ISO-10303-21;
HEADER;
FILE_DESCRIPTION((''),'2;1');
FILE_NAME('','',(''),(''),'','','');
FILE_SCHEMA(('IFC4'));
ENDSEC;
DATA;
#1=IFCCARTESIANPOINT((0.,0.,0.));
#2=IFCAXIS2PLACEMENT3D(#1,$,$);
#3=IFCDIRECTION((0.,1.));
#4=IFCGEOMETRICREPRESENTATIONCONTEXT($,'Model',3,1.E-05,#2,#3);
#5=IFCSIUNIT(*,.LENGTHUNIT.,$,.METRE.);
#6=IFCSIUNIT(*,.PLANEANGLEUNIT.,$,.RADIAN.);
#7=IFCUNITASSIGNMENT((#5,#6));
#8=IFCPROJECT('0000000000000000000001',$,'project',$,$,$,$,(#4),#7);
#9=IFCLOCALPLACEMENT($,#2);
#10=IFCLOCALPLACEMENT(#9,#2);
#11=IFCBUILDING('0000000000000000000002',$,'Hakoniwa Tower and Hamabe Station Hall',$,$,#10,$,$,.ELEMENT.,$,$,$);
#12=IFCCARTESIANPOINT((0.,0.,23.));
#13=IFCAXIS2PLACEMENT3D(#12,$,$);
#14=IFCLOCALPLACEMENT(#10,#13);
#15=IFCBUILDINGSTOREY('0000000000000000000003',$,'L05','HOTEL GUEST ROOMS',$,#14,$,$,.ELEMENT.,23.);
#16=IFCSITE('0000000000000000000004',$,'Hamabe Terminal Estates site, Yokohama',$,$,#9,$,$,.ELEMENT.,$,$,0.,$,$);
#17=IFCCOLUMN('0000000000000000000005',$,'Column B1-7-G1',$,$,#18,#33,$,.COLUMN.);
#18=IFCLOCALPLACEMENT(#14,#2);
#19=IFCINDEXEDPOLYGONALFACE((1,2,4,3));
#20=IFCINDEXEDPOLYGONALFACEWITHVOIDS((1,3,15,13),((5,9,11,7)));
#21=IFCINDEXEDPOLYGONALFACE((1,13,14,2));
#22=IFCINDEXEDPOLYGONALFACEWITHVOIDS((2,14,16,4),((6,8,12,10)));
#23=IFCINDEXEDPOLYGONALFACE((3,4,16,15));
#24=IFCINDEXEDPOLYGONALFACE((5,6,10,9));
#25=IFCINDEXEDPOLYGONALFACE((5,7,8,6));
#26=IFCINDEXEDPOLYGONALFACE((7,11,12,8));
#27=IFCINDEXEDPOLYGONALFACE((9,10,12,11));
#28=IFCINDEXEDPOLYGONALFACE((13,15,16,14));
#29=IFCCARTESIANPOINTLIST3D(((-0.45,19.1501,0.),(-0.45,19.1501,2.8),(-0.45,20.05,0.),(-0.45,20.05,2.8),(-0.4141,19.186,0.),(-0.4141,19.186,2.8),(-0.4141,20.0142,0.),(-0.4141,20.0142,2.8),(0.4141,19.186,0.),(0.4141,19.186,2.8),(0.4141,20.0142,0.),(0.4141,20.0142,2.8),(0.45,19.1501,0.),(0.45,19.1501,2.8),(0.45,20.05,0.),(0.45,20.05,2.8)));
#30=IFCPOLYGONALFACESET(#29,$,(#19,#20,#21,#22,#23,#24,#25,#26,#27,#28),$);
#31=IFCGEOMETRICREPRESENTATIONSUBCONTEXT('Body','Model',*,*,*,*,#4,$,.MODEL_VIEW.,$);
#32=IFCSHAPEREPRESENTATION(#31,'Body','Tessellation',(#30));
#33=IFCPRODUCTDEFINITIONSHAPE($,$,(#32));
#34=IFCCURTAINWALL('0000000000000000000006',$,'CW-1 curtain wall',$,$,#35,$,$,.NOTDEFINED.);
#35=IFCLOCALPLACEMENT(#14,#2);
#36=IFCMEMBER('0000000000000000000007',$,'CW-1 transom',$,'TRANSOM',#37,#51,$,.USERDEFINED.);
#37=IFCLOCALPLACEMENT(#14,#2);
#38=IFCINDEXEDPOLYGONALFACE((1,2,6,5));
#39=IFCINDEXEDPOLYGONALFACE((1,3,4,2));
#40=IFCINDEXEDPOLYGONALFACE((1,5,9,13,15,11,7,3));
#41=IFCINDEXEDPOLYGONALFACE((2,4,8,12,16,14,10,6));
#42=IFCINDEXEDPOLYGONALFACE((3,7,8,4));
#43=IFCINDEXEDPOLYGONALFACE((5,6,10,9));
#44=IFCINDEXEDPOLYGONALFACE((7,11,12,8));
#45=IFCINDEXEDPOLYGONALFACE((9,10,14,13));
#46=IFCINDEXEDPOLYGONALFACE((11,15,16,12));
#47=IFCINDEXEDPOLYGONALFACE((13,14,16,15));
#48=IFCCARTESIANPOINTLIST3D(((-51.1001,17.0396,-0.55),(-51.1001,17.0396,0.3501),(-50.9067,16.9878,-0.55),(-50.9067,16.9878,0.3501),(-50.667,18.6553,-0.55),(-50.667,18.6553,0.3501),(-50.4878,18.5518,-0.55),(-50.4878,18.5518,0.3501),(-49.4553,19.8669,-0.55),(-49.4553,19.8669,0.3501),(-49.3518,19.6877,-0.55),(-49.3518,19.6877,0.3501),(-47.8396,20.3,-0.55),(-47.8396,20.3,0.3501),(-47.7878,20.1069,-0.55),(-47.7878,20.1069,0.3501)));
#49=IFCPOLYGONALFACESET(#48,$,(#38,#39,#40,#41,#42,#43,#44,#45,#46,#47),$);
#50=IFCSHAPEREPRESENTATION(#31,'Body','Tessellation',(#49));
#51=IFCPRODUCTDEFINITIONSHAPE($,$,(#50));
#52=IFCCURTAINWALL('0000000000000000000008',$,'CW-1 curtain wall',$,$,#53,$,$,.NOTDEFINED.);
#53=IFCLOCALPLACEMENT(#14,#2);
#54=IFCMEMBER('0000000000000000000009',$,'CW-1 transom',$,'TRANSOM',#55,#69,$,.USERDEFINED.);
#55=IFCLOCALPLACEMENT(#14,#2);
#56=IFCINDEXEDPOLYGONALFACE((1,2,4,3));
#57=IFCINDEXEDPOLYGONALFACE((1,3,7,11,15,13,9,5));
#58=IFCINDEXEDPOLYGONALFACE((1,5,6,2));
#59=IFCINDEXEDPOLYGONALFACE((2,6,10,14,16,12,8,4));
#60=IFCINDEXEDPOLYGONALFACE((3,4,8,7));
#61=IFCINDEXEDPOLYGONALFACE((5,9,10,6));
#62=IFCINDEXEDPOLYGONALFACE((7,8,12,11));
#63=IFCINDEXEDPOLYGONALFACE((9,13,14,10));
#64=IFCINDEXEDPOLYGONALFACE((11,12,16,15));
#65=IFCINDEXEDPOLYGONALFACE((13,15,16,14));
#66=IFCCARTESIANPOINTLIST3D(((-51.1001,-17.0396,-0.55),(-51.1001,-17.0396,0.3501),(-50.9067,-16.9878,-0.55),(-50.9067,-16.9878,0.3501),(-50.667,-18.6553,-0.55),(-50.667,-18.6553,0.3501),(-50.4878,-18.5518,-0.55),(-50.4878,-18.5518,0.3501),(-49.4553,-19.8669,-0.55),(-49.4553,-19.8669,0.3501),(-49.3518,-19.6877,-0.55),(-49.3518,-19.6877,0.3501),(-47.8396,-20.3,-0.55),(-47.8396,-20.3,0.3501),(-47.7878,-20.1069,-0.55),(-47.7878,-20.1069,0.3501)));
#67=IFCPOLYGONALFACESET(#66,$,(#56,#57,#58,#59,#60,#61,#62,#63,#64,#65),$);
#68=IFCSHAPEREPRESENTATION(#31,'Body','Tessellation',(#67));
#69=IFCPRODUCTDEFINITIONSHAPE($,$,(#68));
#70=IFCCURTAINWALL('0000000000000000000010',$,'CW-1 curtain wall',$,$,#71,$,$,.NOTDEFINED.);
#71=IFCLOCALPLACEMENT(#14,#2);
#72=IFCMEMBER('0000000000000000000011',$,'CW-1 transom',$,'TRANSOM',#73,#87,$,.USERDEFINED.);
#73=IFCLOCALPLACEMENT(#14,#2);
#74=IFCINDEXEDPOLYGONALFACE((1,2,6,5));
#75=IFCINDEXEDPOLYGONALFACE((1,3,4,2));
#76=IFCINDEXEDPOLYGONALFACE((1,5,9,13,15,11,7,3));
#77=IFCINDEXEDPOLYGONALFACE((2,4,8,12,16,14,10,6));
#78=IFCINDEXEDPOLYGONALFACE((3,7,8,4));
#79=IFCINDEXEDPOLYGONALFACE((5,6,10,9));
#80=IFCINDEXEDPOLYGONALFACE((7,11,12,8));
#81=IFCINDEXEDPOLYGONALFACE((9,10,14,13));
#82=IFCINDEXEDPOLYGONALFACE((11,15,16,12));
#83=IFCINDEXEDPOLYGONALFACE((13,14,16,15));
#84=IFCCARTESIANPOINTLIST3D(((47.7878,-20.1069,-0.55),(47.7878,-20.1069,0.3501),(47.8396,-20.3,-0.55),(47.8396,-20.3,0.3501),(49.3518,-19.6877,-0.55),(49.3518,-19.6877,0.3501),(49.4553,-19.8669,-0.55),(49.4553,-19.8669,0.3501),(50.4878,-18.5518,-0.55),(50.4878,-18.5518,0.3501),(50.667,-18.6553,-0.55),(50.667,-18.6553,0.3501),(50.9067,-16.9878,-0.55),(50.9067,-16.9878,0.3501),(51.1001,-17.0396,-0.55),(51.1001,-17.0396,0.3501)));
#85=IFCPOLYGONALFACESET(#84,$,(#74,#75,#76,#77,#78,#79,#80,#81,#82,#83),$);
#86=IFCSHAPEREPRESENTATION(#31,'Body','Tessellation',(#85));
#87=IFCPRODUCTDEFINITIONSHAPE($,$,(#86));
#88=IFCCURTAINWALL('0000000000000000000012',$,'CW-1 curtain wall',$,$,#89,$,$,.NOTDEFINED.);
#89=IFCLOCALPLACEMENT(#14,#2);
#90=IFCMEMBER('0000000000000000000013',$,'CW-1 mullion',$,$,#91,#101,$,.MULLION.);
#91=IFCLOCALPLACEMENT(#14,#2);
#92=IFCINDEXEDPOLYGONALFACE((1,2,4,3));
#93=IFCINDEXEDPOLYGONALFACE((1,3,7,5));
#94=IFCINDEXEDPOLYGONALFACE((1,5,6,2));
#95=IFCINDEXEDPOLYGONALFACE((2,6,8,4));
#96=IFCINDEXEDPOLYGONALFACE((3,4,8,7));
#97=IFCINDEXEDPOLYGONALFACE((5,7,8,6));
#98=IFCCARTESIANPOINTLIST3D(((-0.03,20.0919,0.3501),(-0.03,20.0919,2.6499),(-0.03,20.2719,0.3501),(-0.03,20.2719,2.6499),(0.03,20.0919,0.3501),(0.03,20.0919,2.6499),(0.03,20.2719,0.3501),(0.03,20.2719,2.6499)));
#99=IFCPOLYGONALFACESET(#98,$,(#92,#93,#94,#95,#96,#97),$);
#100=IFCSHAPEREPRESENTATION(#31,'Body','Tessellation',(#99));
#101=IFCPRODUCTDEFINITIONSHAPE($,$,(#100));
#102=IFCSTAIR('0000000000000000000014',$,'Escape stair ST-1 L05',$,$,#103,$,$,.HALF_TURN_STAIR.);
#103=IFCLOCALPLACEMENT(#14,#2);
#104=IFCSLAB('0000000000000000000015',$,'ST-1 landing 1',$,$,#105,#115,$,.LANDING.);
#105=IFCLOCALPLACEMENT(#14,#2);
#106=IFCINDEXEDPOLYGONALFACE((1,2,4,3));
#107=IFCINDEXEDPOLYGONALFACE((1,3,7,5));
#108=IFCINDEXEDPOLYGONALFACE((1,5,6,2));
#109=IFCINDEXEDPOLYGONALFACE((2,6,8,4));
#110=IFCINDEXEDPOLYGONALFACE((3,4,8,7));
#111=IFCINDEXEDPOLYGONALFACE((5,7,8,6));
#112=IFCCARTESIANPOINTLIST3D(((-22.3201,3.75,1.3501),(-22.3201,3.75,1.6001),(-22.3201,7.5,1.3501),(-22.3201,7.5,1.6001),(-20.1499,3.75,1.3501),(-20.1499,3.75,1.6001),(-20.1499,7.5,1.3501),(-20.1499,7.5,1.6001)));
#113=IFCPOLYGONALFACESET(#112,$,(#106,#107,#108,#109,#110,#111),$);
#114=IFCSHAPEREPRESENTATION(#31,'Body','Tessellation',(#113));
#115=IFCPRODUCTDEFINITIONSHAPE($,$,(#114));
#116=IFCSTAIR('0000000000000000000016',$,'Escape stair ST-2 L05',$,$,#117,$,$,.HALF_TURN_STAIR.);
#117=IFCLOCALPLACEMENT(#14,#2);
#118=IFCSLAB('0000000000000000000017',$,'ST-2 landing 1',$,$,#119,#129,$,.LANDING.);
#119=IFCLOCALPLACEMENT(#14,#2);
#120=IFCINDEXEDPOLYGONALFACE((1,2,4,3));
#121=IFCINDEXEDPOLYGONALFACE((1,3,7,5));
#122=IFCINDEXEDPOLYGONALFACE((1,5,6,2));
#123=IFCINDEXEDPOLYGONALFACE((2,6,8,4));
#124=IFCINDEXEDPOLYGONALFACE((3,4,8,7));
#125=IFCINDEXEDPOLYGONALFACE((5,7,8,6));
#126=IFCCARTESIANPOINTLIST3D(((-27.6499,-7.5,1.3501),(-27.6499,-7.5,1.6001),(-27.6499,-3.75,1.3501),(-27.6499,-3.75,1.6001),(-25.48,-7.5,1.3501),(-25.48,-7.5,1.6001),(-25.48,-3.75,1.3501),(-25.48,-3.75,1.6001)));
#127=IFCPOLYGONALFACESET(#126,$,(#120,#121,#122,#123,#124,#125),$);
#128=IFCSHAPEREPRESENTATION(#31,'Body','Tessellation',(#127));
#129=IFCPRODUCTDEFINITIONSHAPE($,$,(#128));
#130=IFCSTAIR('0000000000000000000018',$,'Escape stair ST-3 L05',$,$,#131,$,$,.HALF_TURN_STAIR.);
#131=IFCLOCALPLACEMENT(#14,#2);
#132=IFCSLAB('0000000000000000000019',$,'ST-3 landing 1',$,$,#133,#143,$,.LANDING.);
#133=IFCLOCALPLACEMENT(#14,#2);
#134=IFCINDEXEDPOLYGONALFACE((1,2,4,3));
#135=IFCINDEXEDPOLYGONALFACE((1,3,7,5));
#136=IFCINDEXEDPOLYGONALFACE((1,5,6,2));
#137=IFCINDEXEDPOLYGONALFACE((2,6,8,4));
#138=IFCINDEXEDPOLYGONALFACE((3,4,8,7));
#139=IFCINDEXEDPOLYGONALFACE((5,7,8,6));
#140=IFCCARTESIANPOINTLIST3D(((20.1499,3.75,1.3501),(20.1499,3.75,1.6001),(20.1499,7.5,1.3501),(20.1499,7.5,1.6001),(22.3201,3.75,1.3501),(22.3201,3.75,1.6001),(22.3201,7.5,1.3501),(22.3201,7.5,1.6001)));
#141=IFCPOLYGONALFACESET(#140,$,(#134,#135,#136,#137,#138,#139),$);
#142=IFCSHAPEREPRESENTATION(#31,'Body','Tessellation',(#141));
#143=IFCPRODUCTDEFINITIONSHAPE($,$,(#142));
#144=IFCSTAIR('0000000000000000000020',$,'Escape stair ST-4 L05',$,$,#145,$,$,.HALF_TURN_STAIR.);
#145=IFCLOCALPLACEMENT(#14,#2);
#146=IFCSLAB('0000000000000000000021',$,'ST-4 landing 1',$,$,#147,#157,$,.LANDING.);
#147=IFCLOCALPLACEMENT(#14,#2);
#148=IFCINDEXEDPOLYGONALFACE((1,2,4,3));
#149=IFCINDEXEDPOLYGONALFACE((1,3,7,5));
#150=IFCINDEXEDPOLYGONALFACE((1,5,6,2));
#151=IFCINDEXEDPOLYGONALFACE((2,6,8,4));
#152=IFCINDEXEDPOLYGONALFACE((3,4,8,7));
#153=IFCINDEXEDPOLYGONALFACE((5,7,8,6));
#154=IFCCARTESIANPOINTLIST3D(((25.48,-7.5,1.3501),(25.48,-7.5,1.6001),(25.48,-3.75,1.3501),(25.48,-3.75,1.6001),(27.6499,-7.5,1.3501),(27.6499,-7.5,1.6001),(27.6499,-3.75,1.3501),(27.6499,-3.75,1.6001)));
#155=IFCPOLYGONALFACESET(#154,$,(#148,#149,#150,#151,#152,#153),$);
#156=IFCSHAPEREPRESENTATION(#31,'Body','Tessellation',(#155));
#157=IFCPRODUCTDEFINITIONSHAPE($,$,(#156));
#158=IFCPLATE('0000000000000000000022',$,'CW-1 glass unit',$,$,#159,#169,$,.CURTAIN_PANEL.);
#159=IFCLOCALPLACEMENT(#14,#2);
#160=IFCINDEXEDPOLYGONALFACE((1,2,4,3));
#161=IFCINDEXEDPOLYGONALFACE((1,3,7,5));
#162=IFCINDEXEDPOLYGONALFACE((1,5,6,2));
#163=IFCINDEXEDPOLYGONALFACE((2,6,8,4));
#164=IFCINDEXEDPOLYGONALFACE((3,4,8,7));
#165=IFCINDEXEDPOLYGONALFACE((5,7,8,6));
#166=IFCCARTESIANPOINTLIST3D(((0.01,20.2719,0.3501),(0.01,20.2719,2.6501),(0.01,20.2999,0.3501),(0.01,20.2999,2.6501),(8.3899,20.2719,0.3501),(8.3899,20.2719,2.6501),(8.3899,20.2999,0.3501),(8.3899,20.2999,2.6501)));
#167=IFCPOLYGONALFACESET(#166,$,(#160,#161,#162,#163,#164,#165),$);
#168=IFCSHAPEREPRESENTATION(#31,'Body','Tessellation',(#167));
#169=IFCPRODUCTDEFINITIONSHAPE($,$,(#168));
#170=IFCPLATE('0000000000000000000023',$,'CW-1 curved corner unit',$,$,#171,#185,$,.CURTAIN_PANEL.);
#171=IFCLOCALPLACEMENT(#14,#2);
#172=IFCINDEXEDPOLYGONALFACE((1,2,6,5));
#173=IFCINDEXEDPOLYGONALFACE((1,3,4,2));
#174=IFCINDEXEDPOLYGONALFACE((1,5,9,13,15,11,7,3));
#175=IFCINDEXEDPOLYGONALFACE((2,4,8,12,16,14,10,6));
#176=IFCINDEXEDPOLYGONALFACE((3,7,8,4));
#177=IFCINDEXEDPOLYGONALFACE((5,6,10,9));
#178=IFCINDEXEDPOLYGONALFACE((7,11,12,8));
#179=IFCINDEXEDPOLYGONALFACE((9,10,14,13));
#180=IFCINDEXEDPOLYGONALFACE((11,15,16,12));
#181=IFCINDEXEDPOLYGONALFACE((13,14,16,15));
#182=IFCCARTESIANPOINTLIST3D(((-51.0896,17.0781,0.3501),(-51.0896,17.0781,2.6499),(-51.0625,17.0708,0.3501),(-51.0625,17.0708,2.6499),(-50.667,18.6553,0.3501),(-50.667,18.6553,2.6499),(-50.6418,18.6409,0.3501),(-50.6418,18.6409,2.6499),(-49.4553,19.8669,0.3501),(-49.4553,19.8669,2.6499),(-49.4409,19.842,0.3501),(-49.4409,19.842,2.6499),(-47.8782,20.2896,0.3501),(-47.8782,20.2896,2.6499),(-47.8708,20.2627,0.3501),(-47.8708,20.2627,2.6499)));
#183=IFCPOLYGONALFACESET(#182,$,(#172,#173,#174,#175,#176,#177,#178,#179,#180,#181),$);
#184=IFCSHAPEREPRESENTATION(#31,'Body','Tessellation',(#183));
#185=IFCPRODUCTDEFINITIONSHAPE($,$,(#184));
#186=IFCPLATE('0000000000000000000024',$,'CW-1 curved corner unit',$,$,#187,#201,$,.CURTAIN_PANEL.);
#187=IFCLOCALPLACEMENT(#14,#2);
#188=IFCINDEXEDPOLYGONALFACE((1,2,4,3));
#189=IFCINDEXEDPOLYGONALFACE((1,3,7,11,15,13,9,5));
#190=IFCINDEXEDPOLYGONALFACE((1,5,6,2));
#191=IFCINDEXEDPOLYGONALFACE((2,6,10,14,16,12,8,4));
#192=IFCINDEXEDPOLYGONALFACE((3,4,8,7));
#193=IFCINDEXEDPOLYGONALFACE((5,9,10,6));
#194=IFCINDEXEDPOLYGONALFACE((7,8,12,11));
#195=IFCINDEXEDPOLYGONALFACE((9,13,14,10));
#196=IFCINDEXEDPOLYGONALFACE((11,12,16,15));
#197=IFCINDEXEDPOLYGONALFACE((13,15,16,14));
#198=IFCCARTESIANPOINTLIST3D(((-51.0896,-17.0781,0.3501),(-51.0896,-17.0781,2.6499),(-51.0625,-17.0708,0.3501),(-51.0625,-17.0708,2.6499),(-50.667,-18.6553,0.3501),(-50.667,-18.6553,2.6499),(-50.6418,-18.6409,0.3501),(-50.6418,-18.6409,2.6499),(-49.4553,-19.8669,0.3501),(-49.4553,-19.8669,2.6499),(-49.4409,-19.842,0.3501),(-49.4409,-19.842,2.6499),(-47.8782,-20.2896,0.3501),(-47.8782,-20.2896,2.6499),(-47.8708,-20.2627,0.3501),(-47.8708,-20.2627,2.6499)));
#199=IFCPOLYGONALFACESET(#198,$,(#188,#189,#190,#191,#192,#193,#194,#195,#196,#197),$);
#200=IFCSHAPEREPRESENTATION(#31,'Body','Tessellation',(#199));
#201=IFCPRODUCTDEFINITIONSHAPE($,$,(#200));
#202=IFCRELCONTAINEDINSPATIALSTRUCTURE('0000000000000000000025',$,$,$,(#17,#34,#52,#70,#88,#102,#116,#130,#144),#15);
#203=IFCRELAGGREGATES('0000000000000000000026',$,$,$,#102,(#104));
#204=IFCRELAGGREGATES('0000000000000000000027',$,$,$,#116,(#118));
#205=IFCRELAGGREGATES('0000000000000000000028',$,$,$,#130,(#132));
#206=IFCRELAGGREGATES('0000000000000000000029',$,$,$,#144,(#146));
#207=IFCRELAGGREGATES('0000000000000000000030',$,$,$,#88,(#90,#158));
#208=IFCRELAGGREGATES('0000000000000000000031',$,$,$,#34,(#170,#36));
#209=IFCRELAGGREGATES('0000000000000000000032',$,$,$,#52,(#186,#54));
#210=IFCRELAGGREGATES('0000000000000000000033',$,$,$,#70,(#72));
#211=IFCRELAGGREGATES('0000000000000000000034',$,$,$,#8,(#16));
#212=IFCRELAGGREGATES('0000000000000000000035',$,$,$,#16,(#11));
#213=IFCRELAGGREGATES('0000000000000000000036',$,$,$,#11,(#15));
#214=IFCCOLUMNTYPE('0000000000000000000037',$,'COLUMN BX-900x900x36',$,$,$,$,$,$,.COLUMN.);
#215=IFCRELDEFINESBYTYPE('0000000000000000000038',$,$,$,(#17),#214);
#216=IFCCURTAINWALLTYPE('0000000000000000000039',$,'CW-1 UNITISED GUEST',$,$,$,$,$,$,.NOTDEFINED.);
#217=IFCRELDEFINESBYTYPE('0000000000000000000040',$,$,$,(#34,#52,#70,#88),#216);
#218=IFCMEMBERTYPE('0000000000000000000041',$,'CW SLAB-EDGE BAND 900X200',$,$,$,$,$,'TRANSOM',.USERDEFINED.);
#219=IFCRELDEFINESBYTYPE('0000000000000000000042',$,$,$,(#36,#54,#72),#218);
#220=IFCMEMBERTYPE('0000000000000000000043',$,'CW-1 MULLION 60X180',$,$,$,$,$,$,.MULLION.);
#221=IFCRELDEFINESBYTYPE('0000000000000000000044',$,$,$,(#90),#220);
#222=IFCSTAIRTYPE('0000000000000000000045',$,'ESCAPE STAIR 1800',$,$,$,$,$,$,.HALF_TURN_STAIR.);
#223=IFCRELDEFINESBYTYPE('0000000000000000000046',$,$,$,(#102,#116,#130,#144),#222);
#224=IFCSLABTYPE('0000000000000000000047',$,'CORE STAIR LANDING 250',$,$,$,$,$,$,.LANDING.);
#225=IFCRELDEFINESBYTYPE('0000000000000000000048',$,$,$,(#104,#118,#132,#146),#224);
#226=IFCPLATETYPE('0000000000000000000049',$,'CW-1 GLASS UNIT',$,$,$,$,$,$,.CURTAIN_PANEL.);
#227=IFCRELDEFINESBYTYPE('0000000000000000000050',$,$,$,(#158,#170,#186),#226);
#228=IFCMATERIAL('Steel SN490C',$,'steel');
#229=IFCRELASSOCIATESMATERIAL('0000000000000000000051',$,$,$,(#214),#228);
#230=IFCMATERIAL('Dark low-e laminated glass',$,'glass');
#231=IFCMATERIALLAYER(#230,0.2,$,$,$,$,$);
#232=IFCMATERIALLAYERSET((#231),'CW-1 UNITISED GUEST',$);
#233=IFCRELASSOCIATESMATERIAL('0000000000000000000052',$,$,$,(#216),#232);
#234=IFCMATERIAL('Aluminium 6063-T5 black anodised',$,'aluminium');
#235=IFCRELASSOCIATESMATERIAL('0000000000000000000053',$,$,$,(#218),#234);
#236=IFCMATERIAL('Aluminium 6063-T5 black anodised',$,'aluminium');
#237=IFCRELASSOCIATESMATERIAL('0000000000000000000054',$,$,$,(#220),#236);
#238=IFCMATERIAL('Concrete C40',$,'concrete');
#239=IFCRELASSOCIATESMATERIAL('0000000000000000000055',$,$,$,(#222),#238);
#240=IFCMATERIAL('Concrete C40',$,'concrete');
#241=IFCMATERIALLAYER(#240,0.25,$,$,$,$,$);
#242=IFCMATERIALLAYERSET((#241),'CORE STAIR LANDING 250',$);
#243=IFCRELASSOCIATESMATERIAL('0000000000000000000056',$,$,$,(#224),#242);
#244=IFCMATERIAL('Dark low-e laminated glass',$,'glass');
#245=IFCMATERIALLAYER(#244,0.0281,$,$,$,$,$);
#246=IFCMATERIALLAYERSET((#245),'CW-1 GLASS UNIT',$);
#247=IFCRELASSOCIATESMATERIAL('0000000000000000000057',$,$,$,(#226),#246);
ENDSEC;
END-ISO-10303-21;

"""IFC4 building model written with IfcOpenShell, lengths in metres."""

from ifc_helpers import new_model, si_unit, direction, frame, origin, origin_2d, place, context, subcontext, project, spatial, polyline, rectangle, hollow_rectangle, outline, extrude, material, layer, layer_set, material_profile, profile_set, type_object, element, aggregate, save


model = new_model("IFC4")

# Units and contexts
model_context = context("Model", 3, precision=1e-05, world=origin(), true_north=direction((0.0, 1.0)))
body_context = subcontext(model_context, "Body", "Model", "MODEL_VIEW")
ifc_project = project(units=[si_unit("LENGTHUNIT", "METRE"), si_unit("PLANEANGLEUNIT", "RADIAN")], contexts=[model_context])

# Site, building, storey
site_placement = place(None, origin())
site = spatial("IfcSite", under=ifc_project, at=site_placement, Name="Hamabe Terminal Estates site, Yokohama", CompositionType="ELEMENT", RefElevation=0.0)
building_placement = place(site_placement, origin())
building = spatial("IfcBuilding", under=site, at=building_placement, Name="Hakoniwa Tower and Hamabe Station Hall", CompositionType="ELEMENT")
storey_placement = place(building_placement, frame((0.0, 0.0, 23.0)))
storey = spatial("IfcBuildingStorey", under=building, at=storey_placement, Name="L05", Description="HOTEL GUEST ROOMS", CompositionType="ELEMENT", Elevation=23.0)

# Column
ifc_material_1 = material(Name="Steel SN490C", Category="steel")
ifc_material_profile_1 = material_profile(ifc_material_1, hollow_rectangle(XDim=0.8999, YDim=0.8999, WallThickness=0.0359, at=origin_2d()), Name="BX-900x900x36")
ifc_profile_set_1 = profile_set([ifc_material_profile_1], Name="Steel SN490C")
column_type = type_object("IfcColumnType", Name="COLUMN BX-900x900x36", PredefinedType="COLUMN", material=ifc_profile_set_1)
column_placement = place(storey_placement, frame((0.0, 19.6001, 0.0), z_axis=(0.0, 0.0, 1.0), x_axis=(1.0, 0.0, 0.0)))
element("IfcColumn", 1, at=column_placement, inside=storey, type_object=column_type, Name="Column B1-7-G1", PredefinedType="COLUMN", context=body_context, shape_type="SweptSolid", body=[
    extrude(hollow_rectangle(XDim=0.8999, YDim=0.8999, WallThickness=0.0359, at=origin_2d()), origin(), (0.0, 0.0, 1.0), 2.8),
])

# Curtain walls, members
ifc_material_2 = material(Name="Dark low-e laminated glass", Category="glass")
ifc_layer_1 = layer(ifc_material_2, 0.2)
ifc_layer_set_1 = layer_set([ifc_layer_1], Name="CW-1 UNITISED GUEST")
curtain_wall_type = type_object("IfcCurtainWallType", Name="CW-1 UNITISED GUEST", PredefinedType="NOTDEFINED", material=ifc_layer_set_1)
curtain_wall_1_placement = place(storey_placement, origin())
curtain_wall_1 = element("IfcCurtainWall", 2, at=curtain_wall_1_placement, inside=storey, type_object=curtain_wall_type, Name="CW-1 curtain wall", PredefinedType="NOTDEFINED")
ifc_material_3 = material(Name="Aluminium 6063-T5 black anodised", Category="aluminium")
ifc_material_profile_2 = material_profile(ifc_material_3, rectangle(XDim=0.2, YDim=0.8999, at=origin_2d()), Name="CW SLAB-EDGE BAND 900X200")
ifc_profile_set_2 = profile_set([ifc_material_profile_2], Name="Aluminium 6063-T5 black anodised")
member_type_1 = type_object("IfcMemberType", Name="CW SLAB-EDGE BAND 900X200", ElementType="TRANSOM", PredefinedType="USERDEFINED", material=ifc_profile_set_2)
member_1_placement = place(storey_placement, frame((0.0, 0.0, -0.55)))
member_1 = element("IfcMember", 3, at=member_1_placement, type_object=member_type_1, Name="CW-1 transom", ObjectType="TRANSOM", PredefinedType="USERDEFINED", context=body_context, shape_type="SweptSolid", body=[
    extrude(outline(polyline([(-47.8396, 20.3), (-49.4553, 19.8669), (-50.667, 18.6553), (-51.1001, 17.0396), (-50.9067, 16.9878), (-50.4878, 18.5518), (-49.3518, 19.6877), (-47.7878, 20.1069), (-47.8396, 20.3)])), origin(), (0.0, 0.0, 1.0), 0.9001),
])
curtain_wall_2_placement = place(storey_placement, origin())
curtain_wall_2 = element("IfcCurtainWall", 4, at=curtain_wall_2_placement, inside=storey, type_object=curtain_wall_type, Name="CW-1 curtain wall", PredefinedType="NOTDEFINED")
member_2_placement = place(storey_placement, frame((0.0, 0.0, -0.55)))
member_2 = element("IfcMember", 5, at=member_2_placement, type_object=member_type_1, Name="CW-1 transom", ObjectType="TRANSOM", PredefinedType="USERDEFINED", context=body_context, shape_type="SweptSolid", body=[
    extrude(outline(polyline([(-51.1001, -17.0396), (-50.667, -18.6553), (-49.4553, -19.8669), (-47.8396, -20.3), (-47.7878, -20.1069), (-49.3518, -19.6877), (-50.4878, -18.5518), (-50.9067, -16.9878), (-51.1001, -17.0396)])), origin(), (0.0, 0.0, 1.0), 0.9001),
])
curtain_wall_3_placement = place(storey_placement, origin())
curtain_wall_3 = element("IfcCurtainWall", 6, at=curtain_wall_3_placement, inside=storey, type_object=curtain_wall_type, Name="CW-1 curtain wall", PredefinedType="NOTDEFINED")
member_3_placement = place(storey_placement, frame((0.0, 0.0, -0.55)))
member_3 = element("IfcMember", 7, at=member_3_placement, type_object=member_type_1, Name="CW-1 transom", ObjectType="TRANSOM", PredefinedType="USERDEFINED", context=body_context, shape_type="SweptSolid", body=[
    extrude(outline(polyline([(47.8396, -20.3), (49.4553, -19.8669), (50.667, -18.6553), (51.1001, -17.0396), (50.9067, -16.9878), (50.4878, -18.5518), (49.3518, -19.6877), (47.7878, -20.1069), (47.8396, -20.3)])), origin(), (0.0, 0.0, 1.0), 0.9001),
])
curtain_wall_4_placement = place(storey_placement, origin())
curtain_wall_4 = element("IfcCurtainWall", 8, at=curtain_wall_4_placement, inside=storey, type_object=curtain_wall_type, Name="CW-1 curtain wall", PredefinedType="NOTDEFINED")
ifc_material_4 = material(Name="Aluminium 6063-T5 black anodised", Category="aluminium")
ifc_material_profile_3 = material_profile(ifc_material_4, rectangle(XDim=0.0601, YDim=0.1799, at=origin_2d()), Name="CW-1 MULLION 60X180")
ifc_profile_set_3 = profile_set([ifc_material_profile_3], Name="Aluminium 6063-T5 black anodised")
member_type_2 = type_object("IfcMemberType", Name="CW-1 MULLION 60X180", PredefinedType="MULLION", material=ifc_profile_set_3)
member_4_placement = place(storey_placement, frame((0.0, 20.1819, 0.3501), z_axis=(0.0, 0.0, 1.0), x_axis=(-1.0, 0.0, 0.0)))
member_4 = element("IfcMember", 9, at=member_4_placement, type_object=member_type_2, Name="CW-1 mullion", PredefinedType="MULLION", context=body_context, shape_type="SweptSolid", body=[
    extrude(rectangle(XDim=0.0601, YDim=0.1799, at=origin_2d()), origin(), (0.0, 0.0, 1.0), 2.2998),
])

# Stairs, slabs
ifc_material_5 = material(Name="Concrete C40", Category="concrete")
stair_type = type_object("IfcStairType", Name="ESCAPE STAIR 1800", PredefinedType="HALF_TURN_STAIR", material=ifc_material_5)
stair_1_placement = place(storey_placement, origin())
stair_1 = element("IfcStair", 10, at=stair_1_placement, inside=storey, type_object=stair_type, Name="Escape stair ST-1 L05", PredefinedType="HALF_TURN_STAIR")
ifc_material_6 = material(Name="Concrete C40", Category="concrete")
ifc_layer_2 = layer(ifc_material_6, 0.25)
ifc_layer_set_2 = layer_set([ifc_layer_2], Name="CORE STAIR LANDING 250")
slab_type = type_object("IfcSlabType", Name="CORE STAIR LANDING 250", PredefinedType="LANDING", material=ifc_layer_set_2)
slab_1_placement = place(storey_placement, frame((0.0, 0.0, 1.3501)))
slab_1 = element("IfcSlab", 11, at=slab_1_placement, type_object=slab_type, Name="ST-1 landing 1", PredefinedType="LANDING", context=body_context, shape_type="SweptSolid", body=[
    extrude(outline(polyline([(-22.3201, 3.75), (-20.1499, 3.75), (-20.1499, 7.5), (-22.3201, 7.5), (-22.3201, 3.75)])), origin(), (0.0, 0.0, 1.0), 0.25),
])
aggregate(stair_1, [slab_1])
stair_2_placement = place(storey_placement, origin())
stair_2 = element("IfcStair", 12, at=stair_2_placement, inside=storey, type_object=stair_type, Name="Escape stair ST-2 L05", PredefinedType="HALF_TURN_STAIR")
slab_2_placement = place(storey_placement, frame((0.0, 0.0, 1.3501)))
slab_2 = element("IfcSlab", 13, at=slab_2_placement, type_object=slab_type, Name="ST-2 landing 1", PredefinedType="LANDING", context=body_context, shape_type="SweptSolid", body=[
    extrude(outline(polyline([(-25.48, -7.5), (-27.6499, -7.5), (-27.6499, -3.75), (-25.48, -3.75), (-25.48, -7.5)])), origin(), (0.0, 0.0, 1.0), 0.25),
])
aggregate(stair_2, [slab_2])
stair_3_placement = place(storey_placement, origin())
stair_3 = element("IfcStair", 14, at=stair_3_placement, inside=storey, type_object=stair_type, Name="Escape stair ST-3 L05", PredefinedType="HALF_TURN_STAIR")
slab_3_placement = place(storey_placement, frame((0.0, 0.0, 1.3501)))
slab_3 = element("IfcSlab", 15, at=slab_3_placement, type_object=slab_type, Name="ST-3 landing 1", PredefinedType="LANDING", context=body_context, shape_type="SweptSolid", body=[
    extrude(outline(polyline([(22.3201, 3.75), (20.1499, 3.75), (20.1499, 7.5), (22.3201, 7.5), (22.3201, 3.75)])), origin(), (0.0, 0.0, 1.0), 0.25),
])
aggregate(stair_3, [slab_3])
stair_4_placement = place(storey_placement, origin())
stair_4 = element("IfcStair", 16, at=stair_4_placement, inside=storey, type_object=stair_type, Name="Escape stair ST-4 L05", PredefinedType="HALF_TURN_STAIR")
slab_4_placement = place(storey_placement, frame((0.0, 0.0, 1.3501)))
slab_4 = element("IfcSlab", 17, at=slab_4_placement, type_object=slab_type, Name="ST-4 landing 1", PredefinedType="LANDING", context=body_context, shape_type="SweptSolid", body=[
    extrude(outline(polyline([(25.48, -7.5), (27.6499, -7.5), (27.6499, -3.75), (25.48, -3.75), (25.48, -7.5)])), origin(), (0.0, 0.0, 1.0), 0.25),
])
aggregate(stair_4, [slab_4])

# Plates
ifc_material_7 = material(Name="Dark low-e laminated glass", Category="glass")
ifc_layer_3 = layer(ifc_material_7, 0.0281)
ifc_layer_set_3 = layer_set([ifc_layer_3], Name="CW-1 GLASS UNIT")
plate_type = type_object("IfcPlateType", Name="CW-1 GLASS UNIT", PredefinedType="CURTAIN_PANEL", material=ifc_layer_set_3)
plate_1_placement = place(storey_placement, frame((4.2, 20.2859, 0.3501), z_axis=(0.0, 0.0, 1.0), x_axis=(-1.0, 0.0, 0.0)))
plate_1 = element("IfcPlate", 18, at=plate_1_placement, type_object=plate_type, Name="CW-1 glass unit", PredefinedType="CURTAIN_PANEL", context=body_context, shape_type="SweptSolid", body=[
    extrude(rectangle(XDim=8.3799, YDim=0.0281, at=origin_2d()), origin(), (0.0, 0.0, 1.0), 2.3),
])
aggregate(curtain_wall_4, [member_4, plate_1])
plate_2_placement = place(storey_placement, frame((0.0, 0.0, 0.3501)))
plate_2 = element("IfcPlate", 19, at=plate_2_placement, type_object=plate_type, Name="CW-1 curved corner unit", PredefinedType="CURTAIN_PANEL", context=body_context, shape_type="SweptSolid", body=[
    extrude(outline(polyline([(-47.8782, 20.2896), (-49.4553, 19.8669), (-50.667, 18.6553), (-51.0896, 17.0781), (-51.0625, 17.0708), (-50.6418, 18.6409), (-49.4409, 19.842), (-47.8708, 20.2627), (-47.8782, 20.2896)])), origin(), (0.0, 0.0, 1.0), 2.2998),
])
aggregate(curtain_wall_1, [plate_2, member_1])
plate_3_placement = place(storey_placement, frame((0.0, 0.0, 0.3501)))
plate_3 = element("IfcPlate", 20, at=plate_3_placement, type_object=plate_type, Name="CW-1 curved corner unit", PredefinedType="CURTAIN_PANEL", context=body_context, shape_type="SweptSolid", body=[
    extrude(outline(polyline([(-51.0896, -17.0781), (-50.667, -18.6553), (-49.4553, -19.8669), (-47.8782, -20.2896), (-47.8708, -20.2627), (-49.4409, -19.842), (-50.6418, -18.6409), (-51.0625, -17.0708), (-51.0896, -17.0781)])), origin(), (0.0, 0.0, 1.0), 2.2998),
])
aggregate(curtain_wall_2, [plate_3, member_2])
aggregate(curtain_wall_3, [member_3])

save(model, "model.ifc")
